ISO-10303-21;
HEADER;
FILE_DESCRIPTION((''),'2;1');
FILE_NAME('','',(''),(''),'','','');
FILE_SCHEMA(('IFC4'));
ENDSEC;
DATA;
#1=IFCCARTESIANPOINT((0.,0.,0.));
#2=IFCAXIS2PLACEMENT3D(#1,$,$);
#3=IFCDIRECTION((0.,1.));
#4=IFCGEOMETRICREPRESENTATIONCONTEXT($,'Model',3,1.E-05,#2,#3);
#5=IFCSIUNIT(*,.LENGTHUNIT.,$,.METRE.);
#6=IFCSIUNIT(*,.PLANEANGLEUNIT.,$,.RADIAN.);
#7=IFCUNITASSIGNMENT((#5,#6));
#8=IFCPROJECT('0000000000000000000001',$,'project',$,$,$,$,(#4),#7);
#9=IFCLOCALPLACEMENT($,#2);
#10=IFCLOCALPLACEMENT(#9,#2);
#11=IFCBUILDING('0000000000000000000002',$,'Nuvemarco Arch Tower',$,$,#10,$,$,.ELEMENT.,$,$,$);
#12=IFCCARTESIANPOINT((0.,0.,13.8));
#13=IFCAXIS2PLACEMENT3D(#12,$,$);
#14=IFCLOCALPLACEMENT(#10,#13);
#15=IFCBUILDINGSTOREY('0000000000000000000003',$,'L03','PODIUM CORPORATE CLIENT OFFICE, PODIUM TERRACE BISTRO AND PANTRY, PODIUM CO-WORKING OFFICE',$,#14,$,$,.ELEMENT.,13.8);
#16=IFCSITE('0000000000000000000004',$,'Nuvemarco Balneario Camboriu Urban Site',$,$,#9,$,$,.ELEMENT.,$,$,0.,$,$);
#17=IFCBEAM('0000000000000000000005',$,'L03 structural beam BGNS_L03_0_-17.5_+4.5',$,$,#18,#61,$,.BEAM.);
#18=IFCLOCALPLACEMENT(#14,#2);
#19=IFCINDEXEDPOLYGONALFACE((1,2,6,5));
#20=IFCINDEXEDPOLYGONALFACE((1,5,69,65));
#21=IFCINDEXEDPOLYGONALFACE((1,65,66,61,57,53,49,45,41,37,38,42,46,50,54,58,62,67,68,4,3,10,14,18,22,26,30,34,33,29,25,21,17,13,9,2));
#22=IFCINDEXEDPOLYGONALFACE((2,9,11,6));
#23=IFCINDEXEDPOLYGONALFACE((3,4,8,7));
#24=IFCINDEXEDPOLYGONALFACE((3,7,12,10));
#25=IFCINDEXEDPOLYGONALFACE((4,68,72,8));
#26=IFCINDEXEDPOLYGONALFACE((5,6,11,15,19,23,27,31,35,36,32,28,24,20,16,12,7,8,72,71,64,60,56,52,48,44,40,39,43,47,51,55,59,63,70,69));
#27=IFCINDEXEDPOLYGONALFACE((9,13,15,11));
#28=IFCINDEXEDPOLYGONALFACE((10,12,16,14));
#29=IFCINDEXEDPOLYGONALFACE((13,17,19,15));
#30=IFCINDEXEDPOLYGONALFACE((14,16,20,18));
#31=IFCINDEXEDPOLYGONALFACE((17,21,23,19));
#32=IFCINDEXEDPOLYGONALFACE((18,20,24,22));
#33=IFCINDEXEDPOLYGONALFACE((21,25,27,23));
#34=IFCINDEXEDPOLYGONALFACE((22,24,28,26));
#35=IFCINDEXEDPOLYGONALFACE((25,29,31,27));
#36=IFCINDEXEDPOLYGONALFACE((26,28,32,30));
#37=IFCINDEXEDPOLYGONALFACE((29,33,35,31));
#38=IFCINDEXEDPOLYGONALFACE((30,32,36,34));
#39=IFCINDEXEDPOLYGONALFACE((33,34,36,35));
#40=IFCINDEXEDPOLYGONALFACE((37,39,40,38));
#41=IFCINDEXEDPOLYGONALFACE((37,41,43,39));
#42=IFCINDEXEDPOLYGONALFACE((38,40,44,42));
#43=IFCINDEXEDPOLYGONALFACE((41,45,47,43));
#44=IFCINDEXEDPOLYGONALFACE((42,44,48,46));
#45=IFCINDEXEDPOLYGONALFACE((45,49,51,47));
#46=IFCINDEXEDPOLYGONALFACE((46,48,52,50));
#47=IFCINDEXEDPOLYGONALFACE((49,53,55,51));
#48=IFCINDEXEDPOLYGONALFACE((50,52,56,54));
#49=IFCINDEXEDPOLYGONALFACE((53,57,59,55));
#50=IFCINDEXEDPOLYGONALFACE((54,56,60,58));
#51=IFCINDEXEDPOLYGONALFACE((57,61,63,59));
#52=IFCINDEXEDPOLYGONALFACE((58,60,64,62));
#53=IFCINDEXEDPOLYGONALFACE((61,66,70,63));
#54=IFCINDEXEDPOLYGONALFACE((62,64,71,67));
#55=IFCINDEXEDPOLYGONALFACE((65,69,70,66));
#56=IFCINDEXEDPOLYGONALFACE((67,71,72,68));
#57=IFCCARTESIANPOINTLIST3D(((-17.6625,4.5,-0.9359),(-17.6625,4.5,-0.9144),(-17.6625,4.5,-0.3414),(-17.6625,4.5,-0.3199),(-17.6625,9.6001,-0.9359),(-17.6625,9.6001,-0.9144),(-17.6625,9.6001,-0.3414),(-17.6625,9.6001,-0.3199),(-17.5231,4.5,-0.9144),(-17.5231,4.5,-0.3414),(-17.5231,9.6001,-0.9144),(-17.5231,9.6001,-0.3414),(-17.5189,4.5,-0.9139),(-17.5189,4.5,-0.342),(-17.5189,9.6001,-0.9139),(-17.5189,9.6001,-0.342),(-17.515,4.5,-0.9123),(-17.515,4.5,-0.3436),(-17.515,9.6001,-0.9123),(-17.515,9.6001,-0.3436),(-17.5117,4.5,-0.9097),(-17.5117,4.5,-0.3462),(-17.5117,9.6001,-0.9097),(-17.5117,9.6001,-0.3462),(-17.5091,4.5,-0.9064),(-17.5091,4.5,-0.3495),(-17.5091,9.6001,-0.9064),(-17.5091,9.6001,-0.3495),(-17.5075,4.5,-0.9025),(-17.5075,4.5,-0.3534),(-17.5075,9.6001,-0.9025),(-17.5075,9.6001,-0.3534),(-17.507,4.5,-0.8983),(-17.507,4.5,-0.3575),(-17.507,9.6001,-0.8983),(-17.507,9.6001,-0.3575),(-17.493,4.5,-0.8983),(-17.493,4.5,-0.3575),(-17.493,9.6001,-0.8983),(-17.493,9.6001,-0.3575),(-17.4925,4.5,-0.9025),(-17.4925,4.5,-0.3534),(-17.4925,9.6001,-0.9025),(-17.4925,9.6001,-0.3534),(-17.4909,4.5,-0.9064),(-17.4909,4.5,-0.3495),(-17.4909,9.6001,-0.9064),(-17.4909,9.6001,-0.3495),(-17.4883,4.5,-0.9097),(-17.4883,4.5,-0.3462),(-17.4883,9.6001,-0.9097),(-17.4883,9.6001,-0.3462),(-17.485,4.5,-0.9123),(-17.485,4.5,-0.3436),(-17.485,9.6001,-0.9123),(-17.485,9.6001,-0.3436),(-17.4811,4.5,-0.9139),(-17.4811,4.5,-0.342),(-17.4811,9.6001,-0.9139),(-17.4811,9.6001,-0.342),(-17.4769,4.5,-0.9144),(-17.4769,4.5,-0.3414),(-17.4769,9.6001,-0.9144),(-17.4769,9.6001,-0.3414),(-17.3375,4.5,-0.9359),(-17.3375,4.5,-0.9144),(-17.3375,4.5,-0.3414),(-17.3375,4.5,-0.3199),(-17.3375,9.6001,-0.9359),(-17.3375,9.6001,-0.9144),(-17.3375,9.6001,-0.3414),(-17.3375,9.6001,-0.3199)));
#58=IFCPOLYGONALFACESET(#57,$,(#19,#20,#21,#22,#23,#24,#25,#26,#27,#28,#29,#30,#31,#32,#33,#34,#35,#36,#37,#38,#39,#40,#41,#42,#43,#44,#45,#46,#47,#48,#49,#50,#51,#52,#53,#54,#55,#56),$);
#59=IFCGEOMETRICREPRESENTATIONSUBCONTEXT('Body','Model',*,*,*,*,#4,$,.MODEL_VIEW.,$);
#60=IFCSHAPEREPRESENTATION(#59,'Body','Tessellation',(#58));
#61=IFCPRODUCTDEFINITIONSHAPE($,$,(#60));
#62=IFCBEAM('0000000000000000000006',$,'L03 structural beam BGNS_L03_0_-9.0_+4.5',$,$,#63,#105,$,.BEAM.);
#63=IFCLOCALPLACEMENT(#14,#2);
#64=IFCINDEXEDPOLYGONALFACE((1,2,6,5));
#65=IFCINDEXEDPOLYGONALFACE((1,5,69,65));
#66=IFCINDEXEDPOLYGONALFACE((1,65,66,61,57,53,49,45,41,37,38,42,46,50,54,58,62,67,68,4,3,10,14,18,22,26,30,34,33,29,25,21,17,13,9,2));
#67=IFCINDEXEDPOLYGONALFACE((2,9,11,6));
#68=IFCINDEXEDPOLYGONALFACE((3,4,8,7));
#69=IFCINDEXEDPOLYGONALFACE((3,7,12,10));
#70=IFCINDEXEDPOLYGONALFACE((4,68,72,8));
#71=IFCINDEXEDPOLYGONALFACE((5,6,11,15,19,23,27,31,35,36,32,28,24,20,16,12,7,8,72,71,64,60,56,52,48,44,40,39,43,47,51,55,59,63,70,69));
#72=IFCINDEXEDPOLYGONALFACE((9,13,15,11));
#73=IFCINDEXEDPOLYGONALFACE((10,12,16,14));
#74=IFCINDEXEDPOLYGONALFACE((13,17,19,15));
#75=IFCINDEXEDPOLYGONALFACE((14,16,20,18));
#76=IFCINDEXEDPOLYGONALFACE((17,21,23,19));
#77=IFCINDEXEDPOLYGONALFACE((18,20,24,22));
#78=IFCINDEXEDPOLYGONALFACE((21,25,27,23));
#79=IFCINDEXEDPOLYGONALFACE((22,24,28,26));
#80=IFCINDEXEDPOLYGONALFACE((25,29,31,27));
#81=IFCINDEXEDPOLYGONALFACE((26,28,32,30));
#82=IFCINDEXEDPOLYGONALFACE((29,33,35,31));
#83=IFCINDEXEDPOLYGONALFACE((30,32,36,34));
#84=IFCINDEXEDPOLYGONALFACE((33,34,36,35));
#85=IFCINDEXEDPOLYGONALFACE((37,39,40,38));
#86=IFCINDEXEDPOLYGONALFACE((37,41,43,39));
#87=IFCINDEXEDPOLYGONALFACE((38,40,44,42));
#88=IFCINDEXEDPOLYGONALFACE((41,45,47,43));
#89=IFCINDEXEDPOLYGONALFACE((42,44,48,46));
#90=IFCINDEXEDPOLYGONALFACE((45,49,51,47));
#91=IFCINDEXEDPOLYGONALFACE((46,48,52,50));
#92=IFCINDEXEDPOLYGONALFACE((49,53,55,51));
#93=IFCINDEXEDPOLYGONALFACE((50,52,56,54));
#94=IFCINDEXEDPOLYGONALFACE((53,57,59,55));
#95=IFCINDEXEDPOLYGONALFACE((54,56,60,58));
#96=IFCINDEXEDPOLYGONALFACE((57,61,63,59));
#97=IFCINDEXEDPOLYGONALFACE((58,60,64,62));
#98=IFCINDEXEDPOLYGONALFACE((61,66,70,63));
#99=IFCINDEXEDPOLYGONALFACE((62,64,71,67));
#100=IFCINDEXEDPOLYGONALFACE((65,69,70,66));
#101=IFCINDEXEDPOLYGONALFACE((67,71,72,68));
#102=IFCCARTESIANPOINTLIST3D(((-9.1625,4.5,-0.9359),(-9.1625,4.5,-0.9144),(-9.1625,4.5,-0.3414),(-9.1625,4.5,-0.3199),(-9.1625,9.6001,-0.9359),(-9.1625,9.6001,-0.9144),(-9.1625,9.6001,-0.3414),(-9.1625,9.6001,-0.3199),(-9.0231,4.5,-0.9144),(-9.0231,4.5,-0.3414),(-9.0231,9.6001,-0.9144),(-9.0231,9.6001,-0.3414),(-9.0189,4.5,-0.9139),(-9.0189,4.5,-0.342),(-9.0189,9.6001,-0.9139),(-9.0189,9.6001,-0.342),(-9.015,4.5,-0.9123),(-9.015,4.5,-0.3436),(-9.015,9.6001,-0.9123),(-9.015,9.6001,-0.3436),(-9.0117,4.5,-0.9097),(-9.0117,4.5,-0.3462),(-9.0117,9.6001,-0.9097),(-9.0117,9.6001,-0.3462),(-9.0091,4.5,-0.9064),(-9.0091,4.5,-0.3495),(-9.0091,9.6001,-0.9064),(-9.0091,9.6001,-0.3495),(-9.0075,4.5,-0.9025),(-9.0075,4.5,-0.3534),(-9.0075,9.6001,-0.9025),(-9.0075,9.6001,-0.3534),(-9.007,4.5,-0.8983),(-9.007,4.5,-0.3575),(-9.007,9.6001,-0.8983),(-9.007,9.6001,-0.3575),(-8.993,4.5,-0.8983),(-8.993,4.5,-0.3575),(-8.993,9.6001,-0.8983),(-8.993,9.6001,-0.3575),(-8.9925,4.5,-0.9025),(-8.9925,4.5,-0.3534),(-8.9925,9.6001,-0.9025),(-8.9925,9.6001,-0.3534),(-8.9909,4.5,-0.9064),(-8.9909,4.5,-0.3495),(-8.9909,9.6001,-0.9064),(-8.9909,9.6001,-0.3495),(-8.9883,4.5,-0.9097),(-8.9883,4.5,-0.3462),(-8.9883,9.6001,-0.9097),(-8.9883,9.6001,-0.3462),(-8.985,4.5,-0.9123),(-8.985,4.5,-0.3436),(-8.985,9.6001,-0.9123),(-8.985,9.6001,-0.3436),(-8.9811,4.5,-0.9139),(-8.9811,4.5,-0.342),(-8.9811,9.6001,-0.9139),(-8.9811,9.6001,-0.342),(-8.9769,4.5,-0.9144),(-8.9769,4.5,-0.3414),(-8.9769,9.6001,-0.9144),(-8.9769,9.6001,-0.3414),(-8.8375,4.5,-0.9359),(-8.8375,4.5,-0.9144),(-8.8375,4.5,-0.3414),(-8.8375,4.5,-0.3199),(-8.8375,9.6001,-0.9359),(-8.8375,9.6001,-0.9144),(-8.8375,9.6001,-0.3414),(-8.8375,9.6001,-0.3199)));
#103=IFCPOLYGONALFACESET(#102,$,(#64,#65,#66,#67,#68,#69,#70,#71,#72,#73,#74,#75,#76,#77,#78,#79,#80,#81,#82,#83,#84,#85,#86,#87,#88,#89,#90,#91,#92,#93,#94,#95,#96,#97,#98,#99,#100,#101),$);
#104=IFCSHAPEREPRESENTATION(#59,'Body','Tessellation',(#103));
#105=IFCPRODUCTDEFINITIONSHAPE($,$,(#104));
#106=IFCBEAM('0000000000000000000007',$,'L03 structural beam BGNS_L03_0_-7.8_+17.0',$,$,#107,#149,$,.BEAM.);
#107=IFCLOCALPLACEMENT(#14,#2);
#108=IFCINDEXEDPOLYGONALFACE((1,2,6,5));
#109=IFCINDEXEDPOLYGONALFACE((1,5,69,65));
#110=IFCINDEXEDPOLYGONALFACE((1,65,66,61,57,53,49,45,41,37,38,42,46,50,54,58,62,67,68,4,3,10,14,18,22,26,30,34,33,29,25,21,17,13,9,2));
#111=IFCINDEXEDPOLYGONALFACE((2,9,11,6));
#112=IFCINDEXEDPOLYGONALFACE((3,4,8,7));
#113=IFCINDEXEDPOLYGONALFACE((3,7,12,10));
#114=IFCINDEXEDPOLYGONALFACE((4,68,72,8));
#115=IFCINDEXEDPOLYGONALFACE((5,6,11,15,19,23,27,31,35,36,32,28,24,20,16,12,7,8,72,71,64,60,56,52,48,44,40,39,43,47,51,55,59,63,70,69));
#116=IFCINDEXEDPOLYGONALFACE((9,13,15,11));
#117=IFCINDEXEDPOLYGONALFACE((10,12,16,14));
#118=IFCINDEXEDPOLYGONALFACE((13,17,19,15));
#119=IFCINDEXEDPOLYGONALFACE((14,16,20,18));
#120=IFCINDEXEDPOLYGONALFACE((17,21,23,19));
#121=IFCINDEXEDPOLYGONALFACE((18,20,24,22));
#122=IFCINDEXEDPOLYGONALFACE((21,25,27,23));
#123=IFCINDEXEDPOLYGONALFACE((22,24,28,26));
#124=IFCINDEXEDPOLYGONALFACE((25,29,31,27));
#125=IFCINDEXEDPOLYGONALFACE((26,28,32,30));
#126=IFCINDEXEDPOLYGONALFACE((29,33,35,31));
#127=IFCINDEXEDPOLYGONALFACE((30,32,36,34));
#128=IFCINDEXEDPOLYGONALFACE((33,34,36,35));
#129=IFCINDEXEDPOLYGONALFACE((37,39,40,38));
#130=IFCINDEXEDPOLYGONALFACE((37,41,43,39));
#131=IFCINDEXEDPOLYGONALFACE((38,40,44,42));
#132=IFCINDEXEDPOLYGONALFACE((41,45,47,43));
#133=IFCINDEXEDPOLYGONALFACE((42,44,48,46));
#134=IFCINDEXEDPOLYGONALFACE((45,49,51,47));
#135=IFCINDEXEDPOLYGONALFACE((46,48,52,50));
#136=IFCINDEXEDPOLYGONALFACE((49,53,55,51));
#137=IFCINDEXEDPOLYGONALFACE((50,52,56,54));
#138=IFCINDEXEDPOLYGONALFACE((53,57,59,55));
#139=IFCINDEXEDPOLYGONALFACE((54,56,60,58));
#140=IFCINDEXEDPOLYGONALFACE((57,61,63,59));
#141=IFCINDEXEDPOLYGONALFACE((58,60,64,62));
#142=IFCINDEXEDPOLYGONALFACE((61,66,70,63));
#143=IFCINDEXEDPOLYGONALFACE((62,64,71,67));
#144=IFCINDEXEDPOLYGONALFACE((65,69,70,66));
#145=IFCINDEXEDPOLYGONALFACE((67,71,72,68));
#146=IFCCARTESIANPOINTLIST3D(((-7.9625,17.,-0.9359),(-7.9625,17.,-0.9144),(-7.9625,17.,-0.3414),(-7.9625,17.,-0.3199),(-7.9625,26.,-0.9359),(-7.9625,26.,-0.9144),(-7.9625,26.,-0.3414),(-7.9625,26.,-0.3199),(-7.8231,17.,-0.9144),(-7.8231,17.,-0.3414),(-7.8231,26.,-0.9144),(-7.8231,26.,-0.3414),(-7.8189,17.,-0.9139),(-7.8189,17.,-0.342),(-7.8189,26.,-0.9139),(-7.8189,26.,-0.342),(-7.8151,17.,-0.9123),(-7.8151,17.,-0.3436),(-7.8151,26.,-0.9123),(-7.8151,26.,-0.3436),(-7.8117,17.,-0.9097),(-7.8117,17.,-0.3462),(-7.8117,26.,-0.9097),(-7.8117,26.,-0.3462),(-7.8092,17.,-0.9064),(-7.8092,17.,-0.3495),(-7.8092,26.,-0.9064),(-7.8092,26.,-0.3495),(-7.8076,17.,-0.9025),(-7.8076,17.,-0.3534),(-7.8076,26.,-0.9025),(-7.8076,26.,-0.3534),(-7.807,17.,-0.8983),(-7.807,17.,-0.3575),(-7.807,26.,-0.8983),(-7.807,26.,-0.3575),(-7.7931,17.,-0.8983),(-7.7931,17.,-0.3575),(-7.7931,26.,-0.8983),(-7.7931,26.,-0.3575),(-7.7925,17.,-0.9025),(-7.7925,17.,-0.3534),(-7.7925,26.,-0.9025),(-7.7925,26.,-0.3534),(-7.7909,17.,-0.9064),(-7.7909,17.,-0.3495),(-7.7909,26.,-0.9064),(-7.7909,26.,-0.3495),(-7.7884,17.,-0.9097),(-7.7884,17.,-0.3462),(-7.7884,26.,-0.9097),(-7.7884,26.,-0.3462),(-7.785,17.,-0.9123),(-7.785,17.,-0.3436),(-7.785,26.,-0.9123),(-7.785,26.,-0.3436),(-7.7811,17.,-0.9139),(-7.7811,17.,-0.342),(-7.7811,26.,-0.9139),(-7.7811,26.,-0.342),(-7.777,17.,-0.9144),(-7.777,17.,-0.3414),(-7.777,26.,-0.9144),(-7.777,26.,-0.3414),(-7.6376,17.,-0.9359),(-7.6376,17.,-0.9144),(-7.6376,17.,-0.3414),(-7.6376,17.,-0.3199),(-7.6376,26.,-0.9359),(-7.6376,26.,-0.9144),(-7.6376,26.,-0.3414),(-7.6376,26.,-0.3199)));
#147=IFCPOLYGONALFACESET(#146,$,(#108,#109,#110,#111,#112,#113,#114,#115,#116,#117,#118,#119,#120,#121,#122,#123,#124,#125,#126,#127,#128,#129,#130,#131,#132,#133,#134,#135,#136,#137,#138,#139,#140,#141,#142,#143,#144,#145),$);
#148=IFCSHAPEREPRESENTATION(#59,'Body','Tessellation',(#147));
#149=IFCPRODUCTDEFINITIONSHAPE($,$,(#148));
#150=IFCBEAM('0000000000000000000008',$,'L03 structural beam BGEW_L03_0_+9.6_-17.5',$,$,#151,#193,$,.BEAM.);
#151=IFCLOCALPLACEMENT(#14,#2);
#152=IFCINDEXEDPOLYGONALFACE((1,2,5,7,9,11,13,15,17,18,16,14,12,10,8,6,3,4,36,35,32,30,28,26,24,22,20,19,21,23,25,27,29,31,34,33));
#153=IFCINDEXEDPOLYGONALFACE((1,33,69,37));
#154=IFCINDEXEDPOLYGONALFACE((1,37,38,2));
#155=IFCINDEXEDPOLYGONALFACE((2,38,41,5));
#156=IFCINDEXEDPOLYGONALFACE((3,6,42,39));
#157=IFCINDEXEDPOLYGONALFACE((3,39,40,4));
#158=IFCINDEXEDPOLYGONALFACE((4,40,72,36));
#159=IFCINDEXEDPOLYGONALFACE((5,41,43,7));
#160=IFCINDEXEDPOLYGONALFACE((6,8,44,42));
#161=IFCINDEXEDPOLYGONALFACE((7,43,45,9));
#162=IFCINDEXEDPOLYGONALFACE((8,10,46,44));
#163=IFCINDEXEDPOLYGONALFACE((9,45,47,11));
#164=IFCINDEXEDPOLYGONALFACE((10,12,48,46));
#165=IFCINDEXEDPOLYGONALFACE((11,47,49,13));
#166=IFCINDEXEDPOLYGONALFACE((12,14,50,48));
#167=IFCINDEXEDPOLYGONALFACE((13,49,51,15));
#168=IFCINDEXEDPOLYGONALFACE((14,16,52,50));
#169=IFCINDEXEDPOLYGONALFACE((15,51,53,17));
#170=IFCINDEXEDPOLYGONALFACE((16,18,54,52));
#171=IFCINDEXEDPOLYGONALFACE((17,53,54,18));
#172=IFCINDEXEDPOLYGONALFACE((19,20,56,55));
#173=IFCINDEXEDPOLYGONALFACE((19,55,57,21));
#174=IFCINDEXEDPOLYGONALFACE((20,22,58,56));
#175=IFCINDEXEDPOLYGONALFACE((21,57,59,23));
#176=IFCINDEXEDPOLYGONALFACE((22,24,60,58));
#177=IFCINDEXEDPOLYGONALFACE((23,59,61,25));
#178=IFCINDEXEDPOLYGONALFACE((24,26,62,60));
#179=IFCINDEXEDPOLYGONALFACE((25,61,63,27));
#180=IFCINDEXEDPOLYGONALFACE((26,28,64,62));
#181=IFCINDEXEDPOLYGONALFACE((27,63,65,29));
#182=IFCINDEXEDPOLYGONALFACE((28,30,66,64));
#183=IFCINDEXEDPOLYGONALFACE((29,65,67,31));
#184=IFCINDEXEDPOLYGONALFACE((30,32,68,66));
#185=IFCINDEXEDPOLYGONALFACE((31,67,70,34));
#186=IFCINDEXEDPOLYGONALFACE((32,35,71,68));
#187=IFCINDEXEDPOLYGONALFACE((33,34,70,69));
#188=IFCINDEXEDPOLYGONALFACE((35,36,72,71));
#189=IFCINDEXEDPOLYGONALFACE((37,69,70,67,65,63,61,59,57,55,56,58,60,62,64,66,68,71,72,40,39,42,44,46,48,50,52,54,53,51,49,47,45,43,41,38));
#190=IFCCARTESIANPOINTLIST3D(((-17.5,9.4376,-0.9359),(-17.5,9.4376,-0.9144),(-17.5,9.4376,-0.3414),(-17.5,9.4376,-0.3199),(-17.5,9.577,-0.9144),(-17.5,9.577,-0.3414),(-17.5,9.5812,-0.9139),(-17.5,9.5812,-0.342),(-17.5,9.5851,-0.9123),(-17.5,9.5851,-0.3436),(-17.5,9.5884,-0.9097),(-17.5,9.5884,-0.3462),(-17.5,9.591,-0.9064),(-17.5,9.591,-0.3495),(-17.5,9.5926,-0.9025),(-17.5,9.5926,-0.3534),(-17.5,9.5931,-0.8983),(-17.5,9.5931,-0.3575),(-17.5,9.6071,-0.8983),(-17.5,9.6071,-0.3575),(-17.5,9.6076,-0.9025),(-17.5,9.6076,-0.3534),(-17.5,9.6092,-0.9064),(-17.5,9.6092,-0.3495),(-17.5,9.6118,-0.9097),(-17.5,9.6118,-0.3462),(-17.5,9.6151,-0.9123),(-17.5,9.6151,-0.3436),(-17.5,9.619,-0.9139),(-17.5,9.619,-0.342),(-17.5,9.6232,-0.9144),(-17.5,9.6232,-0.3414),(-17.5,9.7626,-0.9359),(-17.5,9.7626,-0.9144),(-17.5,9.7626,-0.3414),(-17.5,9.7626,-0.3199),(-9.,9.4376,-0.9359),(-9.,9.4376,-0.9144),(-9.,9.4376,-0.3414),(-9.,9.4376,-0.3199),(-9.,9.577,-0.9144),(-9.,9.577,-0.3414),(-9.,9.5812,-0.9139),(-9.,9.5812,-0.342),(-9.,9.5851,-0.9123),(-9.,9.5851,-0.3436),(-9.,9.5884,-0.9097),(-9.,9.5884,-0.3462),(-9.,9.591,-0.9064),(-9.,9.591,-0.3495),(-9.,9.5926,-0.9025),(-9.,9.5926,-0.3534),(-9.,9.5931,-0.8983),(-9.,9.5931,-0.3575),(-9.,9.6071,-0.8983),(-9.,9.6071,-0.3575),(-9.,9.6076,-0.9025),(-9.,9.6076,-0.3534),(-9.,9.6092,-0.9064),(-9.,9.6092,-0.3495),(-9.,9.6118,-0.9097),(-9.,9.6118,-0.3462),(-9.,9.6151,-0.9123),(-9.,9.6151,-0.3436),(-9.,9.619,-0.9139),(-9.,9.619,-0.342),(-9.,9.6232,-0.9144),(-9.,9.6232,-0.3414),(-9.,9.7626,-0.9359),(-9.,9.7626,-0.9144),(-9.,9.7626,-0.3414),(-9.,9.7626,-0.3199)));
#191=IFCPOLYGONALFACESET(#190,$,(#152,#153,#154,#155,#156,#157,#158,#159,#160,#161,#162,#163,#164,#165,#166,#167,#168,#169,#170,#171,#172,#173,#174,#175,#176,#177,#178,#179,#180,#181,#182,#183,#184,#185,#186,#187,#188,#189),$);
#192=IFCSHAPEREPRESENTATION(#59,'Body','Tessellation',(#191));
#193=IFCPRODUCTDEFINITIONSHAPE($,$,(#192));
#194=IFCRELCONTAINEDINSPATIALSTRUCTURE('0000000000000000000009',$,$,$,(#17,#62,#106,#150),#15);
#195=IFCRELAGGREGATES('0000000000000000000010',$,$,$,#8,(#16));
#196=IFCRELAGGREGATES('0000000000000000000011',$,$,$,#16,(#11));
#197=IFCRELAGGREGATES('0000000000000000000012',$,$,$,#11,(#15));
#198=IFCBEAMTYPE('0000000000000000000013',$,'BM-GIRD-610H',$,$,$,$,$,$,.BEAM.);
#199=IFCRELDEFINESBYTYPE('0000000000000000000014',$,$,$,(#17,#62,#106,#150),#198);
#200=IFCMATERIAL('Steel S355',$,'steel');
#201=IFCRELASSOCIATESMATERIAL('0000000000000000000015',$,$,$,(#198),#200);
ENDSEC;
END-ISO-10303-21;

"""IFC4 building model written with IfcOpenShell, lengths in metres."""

from ifc_helpers import new_model, si_unit, direction, frame, origin, origin_2d, place, context, subcontext, project, spatial, i_section, extrude, material, material_profile, profile_set, type_object, element, save


model = new_model("IFC4")

# Units and contexts
model_context = context("Model", 3, precision=1e-05, world=origin(), true_north=direction((0.0, 1.0)))
body_context = subcontext(model_context, "Body", "Model", "MODEL_VIEW")
ifc_project = project(units=[si_unit("LENGTHUNIT", "METRE"), si_unit("PLANEANGLEUNIT", "RADIAN")], contexts=[model_context])

# Site, building, storey
site_placement = place(None, origin())
site = spatial("IfcSite", under=ifc_project, at=site_placement, Name="Nuvemarco Balneario Camboriu Urban Site", CompositionType="ELEMENT", RefElevation=0.0)
building_placement = place(site_placement, origin())
building = spatial("IfcBuilding", under=site, at=building_placement, Name="Nuvemarco Arch Tower", CompositionType="ELEMENT")
storey_placement = place(building_placement, frame((0.0, 0.0, 13.8)))
storey = spatial("IfcBuildingStorey", under=building, at=storey_placement, Name="L03", Description="PODIUM CORPORATE CLIENT OFFICE, PODIUM TERRACE BISTRO AND PANTRY, PODIUM CO-WORKING OFFICE", CompositionType="ELEMENT", Elevation=13.8)

# Beams
ifc_material_1 = material(Name="Steel S355", Category="steel")
ifc_material_profile_1 = material_profile(ifc_material_1, i_section(OverallWidth=0.325, OverallDepth=0.616, WebThickness=0.0139, FlangeThickness=0.0215, FilletRadius=0.0161, at=origin_2d()), Name="W610x174")
ifc_profile_set_1 = profile_set([ifc_material_profile_1], Name="Steel S355")
beam_type_1 = type_object("IfcBeamType", Name="BM-GIRD-610H", PredefinedType="BEAM", material=ifc_profile_set_1)
for number, where, z_axis, x_axis, name in (
    (1, (-17.5, 4.5, -0.6279), (0.0, 1.0, 0.0), (-1.0, 0.0, 0.0), "L03 structural beam BGNS_L03_0_-17.5_+4.5"),
    (2, (-9.0, 4.5, -0.6279), (0.0, 1.0, 0.0), (-1.0, 0.0, 0.0), "L03 structural beam BGNS_L03_0_-9.0_+4.5"),
):
    element("IfcBeam", number, at=place(storey_placement, frame(where, z_axis=z_axis, x_axis=x_axis)), inside=storey, type_object=beam_type_1, Name=name, PredefinedType="BEAM", context=body_context, shape_type="SweptSolid", body=[
        extrude(i_section(OverallWidth=0.325, OverallDepth=0.616, WebThickness=0.0139, FlangeThickness=0.0215, FilletRadius=0.0161, at=origin_2d()), origin(), (0.0, 0.0, 1.0), 5.1001),
    ])
beam_1_placement = place(storey_placement, frame((-7.8, 17.0, -0.6279), z_axis=(0.0, 1.0, 0.0), x_axis=(-1.0, 0.0, 0.0)))
element("IfcBeam", 3, at=beam_1_placement, inside=storey, type_object=beam_type_1, Name="L03 structural beam BGNS_L03_0_-7.8_+17.0", PredefinedType="BEAM", context=body_context, shape_type="SweptSolid", body=[
    extrude(i_section(OverallWidth=0.325, OverallDepth=0.616, WebThickness=0.0139, FlangeThickness=0.0215, FilletRadius=0.0161, at=origin_2d()), origin(), (0.0, 0.0, 1.0), 9.0),
])
beam_2_placement = place(storey_placement, frame((-17.5, 9.6001, -0.6279), z_axis=(1.0, 0.0, 0.0), x_axis=(0.0, 1.0, 0.0)))
element("IfcBeam", 4, at=beam_2_placement, inside=storey, type_object=beam_type_1, Name="L03 structural beam BGEW_L03_0_+9.6_-17.5", PredefinedType="BEAM", context=body_context, shape_type="SweptSolid", body=[
    extrude(i_section(OverallWidth=0.325, OverallDepth=0.616, WebThickness=0.0139, FlangeThickness=0.0215, FilletRadius=0.0161, at=origin_2d()), origin(), (0.0, 0.0, 1.0), 8.5),
])

save(model, "model.ifc")
